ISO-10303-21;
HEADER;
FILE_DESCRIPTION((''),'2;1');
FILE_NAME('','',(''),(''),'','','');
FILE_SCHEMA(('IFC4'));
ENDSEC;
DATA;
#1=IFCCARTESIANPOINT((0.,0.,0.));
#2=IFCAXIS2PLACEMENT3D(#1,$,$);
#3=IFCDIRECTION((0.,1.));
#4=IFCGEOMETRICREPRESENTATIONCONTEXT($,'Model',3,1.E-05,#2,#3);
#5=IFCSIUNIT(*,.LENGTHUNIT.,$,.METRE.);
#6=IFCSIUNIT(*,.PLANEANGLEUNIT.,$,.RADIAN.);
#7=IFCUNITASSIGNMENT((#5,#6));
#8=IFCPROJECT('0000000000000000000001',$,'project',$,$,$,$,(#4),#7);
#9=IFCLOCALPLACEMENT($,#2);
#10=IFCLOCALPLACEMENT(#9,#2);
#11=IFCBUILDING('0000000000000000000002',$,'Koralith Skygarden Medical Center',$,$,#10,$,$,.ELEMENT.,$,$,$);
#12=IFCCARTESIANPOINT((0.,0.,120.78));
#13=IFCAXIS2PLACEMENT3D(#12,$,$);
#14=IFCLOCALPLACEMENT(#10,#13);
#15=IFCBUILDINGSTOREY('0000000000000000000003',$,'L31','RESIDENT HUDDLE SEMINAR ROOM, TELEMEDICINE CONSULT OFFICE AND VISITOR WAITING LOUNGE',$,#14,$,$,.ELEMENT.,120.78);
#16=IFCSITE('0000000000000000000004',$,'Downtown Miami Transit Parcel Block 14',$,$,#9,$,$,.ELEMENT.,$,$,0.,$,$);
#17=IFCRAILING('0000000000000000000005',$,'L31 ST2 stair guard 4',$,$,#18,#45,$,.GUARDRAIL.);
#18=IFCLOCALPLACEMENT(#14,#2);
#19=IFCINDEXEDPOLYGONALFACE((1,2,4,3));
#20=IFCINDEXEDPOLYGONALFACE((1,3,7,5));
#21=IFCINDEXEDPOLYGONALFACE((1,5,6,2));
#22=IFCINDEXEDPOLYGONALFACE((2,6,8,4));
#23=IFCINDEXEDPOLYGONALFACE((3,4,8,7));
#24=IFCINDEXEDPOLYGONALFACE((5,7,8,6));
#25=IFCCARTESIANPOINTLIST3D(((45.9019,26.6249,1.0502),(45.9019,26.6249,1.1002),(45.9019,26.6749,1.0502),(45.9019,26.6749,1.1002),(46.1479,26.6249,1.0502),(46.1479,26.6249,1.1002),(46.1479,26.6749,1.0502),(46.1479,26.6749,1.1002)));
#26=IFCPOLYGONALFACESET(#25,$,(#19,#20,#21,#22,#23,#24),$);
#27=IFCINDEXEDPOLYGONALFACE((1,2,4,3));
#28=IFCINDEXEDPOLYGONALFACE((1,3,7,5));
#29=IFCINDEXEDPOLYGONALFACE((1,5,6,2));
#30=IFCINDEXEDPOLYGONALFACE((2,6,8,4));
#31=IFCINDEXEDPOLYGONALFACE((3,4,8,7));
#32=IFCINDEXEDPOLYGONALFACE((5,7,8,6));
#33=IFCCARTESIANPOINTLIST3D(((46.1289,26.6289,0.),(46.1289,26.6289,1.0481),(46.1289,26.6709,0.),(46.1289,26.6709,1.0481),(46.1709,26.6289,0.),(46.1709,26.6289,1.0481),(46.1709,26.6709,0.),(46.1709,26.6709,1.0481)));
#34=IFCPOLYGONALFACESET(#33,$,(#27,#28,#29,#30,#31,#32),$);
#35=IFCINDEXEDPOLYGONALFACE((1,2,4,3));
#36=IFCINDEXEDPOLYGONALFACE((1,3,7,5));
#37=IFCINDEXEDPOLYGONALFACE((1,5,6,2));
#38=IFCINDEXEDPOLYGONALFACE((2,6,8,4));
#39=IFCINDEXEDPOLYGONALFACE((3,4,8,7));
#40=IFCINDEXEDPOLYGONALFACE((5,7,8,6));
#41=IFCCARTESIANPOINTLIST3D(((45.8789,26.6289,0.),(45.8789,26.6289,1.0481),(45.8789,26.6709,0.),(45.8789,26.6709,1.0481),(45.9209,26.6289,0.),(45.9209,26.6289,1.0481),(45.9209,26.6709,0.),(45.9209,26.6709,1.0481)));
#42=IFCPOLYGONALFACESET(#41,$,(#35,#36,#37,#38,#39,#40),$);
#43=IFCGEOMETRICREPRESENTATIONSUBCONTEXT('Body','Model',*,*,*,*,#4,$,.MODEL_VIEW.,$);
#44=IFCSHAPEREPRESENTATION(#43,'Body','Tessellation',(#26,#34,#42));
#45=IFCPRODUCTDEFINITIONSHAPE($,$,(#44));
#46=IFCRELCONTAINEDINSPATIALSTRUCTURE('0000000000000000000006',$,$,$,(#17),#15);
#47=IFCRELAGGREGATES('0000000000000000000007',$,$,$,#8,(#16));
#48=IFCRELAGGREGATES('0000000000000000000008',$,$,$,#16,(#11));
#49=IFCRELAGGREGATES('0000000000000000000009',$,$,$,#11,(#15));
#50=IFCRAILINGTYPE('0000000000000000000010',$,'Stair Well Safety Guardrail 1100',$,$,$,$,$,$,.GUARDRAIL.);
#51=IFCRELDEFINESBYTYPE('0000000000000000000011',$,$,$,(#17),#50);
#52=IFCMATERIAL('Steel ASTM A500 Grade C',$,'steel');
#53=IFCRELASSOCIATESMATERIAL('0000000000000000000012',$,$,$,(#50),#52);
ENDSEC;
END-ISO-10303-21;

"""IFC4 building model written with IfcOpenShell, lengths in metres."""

from ifc_helpers import new_model, si_unit, direction, frame, origin, origin_2d, place, context, subcontext, project, spatial, rectangle, extrude, material, type_object, element, save


model = new_model("IFC4")

# Units and contexts
model_context = context("Model", 3, precision=1e-05, world=origin(), true_north=direction((0.0, 1.0)))
body_context = subcontext(model_context, "Body", "Model", "MODEL_VIEW")
ifc_project = project(units=[si_unit("LENGTHUNIT", "METRE"), si_unit("PLANEANGLEUNIT", "RADIAN")], contexts=[model_context])

# Site, building, storey
site_placement = place(None, origin())
site = spatial("IfcSite", under=ifc_project, at=site_placement, Name="Downtown Miami Transit Parcel Block 14", CompositionType="ELEMENT", RefElevation=0.0)
building_placement = place(site_placement, origin())
building = spatial("IfcBuilding", under=site, at=building_placement, Name="Koralith Skygarden Medical Center", CompositionType="ELEMENT")
storey_placement = place(building_placement, frame((0.0, 0.0, 120.78)))
storey = spatial("IfcBuildingStorey", under=building, at=storey_placement, Name="L31", Description="RESIDENT HUDDLE SEMINAR ROOM, TELEMEDICINE CONSULT OFFICE AND VISITOR WAITING LOUNGE", CompositionType="ELEMENT", Elevation=120.78)

# Railing
ifc_material_1 = material(Name="Steel ASTM A500 Grade C", Category="steel")
railing_type_1 = type_object("IfcRailingType", Name="Stair Well Safety Guardrail 1100", PredefinedType="GUARDRAIL", material=ifc_material_1)
railing_1_placement = place(storey_placement, frame((46.1499, 26.6499, 0.0)))
element("IfcRailing", 1, at=railing_1_placement, inside=storey, type_object=railing_type_1, Name="L31 ST2 stair guard 4", PredefinedType="GUARDRAIL", context=body_context, shape_type="SweptSolid", body=[
    extrude(rectangle(XDim=0.05, YDim=0.05, at=origin_2d()), frame((-0.002, 0.0, 1.0752), z_axis=(-1.0, 0.0, 0.0), x_axis=(0.0, -1.0, 0.0)), (0.0, 0.0, 1.0), 0.2461),
    extrude(rectangle(XDim=0.042, YDim=0.042, at=origin_2d()), origin(), (0.0, 0.0, 1.0), 1.0481),
    extrude(rectangle(XDim=0.042, YDim=0.042, at=origin_2d()), frame((-0.25, 0.0, 0.0)), (0.0, 0.0, 1.0), 1.0481),
])

save(model, "model.ifc")
